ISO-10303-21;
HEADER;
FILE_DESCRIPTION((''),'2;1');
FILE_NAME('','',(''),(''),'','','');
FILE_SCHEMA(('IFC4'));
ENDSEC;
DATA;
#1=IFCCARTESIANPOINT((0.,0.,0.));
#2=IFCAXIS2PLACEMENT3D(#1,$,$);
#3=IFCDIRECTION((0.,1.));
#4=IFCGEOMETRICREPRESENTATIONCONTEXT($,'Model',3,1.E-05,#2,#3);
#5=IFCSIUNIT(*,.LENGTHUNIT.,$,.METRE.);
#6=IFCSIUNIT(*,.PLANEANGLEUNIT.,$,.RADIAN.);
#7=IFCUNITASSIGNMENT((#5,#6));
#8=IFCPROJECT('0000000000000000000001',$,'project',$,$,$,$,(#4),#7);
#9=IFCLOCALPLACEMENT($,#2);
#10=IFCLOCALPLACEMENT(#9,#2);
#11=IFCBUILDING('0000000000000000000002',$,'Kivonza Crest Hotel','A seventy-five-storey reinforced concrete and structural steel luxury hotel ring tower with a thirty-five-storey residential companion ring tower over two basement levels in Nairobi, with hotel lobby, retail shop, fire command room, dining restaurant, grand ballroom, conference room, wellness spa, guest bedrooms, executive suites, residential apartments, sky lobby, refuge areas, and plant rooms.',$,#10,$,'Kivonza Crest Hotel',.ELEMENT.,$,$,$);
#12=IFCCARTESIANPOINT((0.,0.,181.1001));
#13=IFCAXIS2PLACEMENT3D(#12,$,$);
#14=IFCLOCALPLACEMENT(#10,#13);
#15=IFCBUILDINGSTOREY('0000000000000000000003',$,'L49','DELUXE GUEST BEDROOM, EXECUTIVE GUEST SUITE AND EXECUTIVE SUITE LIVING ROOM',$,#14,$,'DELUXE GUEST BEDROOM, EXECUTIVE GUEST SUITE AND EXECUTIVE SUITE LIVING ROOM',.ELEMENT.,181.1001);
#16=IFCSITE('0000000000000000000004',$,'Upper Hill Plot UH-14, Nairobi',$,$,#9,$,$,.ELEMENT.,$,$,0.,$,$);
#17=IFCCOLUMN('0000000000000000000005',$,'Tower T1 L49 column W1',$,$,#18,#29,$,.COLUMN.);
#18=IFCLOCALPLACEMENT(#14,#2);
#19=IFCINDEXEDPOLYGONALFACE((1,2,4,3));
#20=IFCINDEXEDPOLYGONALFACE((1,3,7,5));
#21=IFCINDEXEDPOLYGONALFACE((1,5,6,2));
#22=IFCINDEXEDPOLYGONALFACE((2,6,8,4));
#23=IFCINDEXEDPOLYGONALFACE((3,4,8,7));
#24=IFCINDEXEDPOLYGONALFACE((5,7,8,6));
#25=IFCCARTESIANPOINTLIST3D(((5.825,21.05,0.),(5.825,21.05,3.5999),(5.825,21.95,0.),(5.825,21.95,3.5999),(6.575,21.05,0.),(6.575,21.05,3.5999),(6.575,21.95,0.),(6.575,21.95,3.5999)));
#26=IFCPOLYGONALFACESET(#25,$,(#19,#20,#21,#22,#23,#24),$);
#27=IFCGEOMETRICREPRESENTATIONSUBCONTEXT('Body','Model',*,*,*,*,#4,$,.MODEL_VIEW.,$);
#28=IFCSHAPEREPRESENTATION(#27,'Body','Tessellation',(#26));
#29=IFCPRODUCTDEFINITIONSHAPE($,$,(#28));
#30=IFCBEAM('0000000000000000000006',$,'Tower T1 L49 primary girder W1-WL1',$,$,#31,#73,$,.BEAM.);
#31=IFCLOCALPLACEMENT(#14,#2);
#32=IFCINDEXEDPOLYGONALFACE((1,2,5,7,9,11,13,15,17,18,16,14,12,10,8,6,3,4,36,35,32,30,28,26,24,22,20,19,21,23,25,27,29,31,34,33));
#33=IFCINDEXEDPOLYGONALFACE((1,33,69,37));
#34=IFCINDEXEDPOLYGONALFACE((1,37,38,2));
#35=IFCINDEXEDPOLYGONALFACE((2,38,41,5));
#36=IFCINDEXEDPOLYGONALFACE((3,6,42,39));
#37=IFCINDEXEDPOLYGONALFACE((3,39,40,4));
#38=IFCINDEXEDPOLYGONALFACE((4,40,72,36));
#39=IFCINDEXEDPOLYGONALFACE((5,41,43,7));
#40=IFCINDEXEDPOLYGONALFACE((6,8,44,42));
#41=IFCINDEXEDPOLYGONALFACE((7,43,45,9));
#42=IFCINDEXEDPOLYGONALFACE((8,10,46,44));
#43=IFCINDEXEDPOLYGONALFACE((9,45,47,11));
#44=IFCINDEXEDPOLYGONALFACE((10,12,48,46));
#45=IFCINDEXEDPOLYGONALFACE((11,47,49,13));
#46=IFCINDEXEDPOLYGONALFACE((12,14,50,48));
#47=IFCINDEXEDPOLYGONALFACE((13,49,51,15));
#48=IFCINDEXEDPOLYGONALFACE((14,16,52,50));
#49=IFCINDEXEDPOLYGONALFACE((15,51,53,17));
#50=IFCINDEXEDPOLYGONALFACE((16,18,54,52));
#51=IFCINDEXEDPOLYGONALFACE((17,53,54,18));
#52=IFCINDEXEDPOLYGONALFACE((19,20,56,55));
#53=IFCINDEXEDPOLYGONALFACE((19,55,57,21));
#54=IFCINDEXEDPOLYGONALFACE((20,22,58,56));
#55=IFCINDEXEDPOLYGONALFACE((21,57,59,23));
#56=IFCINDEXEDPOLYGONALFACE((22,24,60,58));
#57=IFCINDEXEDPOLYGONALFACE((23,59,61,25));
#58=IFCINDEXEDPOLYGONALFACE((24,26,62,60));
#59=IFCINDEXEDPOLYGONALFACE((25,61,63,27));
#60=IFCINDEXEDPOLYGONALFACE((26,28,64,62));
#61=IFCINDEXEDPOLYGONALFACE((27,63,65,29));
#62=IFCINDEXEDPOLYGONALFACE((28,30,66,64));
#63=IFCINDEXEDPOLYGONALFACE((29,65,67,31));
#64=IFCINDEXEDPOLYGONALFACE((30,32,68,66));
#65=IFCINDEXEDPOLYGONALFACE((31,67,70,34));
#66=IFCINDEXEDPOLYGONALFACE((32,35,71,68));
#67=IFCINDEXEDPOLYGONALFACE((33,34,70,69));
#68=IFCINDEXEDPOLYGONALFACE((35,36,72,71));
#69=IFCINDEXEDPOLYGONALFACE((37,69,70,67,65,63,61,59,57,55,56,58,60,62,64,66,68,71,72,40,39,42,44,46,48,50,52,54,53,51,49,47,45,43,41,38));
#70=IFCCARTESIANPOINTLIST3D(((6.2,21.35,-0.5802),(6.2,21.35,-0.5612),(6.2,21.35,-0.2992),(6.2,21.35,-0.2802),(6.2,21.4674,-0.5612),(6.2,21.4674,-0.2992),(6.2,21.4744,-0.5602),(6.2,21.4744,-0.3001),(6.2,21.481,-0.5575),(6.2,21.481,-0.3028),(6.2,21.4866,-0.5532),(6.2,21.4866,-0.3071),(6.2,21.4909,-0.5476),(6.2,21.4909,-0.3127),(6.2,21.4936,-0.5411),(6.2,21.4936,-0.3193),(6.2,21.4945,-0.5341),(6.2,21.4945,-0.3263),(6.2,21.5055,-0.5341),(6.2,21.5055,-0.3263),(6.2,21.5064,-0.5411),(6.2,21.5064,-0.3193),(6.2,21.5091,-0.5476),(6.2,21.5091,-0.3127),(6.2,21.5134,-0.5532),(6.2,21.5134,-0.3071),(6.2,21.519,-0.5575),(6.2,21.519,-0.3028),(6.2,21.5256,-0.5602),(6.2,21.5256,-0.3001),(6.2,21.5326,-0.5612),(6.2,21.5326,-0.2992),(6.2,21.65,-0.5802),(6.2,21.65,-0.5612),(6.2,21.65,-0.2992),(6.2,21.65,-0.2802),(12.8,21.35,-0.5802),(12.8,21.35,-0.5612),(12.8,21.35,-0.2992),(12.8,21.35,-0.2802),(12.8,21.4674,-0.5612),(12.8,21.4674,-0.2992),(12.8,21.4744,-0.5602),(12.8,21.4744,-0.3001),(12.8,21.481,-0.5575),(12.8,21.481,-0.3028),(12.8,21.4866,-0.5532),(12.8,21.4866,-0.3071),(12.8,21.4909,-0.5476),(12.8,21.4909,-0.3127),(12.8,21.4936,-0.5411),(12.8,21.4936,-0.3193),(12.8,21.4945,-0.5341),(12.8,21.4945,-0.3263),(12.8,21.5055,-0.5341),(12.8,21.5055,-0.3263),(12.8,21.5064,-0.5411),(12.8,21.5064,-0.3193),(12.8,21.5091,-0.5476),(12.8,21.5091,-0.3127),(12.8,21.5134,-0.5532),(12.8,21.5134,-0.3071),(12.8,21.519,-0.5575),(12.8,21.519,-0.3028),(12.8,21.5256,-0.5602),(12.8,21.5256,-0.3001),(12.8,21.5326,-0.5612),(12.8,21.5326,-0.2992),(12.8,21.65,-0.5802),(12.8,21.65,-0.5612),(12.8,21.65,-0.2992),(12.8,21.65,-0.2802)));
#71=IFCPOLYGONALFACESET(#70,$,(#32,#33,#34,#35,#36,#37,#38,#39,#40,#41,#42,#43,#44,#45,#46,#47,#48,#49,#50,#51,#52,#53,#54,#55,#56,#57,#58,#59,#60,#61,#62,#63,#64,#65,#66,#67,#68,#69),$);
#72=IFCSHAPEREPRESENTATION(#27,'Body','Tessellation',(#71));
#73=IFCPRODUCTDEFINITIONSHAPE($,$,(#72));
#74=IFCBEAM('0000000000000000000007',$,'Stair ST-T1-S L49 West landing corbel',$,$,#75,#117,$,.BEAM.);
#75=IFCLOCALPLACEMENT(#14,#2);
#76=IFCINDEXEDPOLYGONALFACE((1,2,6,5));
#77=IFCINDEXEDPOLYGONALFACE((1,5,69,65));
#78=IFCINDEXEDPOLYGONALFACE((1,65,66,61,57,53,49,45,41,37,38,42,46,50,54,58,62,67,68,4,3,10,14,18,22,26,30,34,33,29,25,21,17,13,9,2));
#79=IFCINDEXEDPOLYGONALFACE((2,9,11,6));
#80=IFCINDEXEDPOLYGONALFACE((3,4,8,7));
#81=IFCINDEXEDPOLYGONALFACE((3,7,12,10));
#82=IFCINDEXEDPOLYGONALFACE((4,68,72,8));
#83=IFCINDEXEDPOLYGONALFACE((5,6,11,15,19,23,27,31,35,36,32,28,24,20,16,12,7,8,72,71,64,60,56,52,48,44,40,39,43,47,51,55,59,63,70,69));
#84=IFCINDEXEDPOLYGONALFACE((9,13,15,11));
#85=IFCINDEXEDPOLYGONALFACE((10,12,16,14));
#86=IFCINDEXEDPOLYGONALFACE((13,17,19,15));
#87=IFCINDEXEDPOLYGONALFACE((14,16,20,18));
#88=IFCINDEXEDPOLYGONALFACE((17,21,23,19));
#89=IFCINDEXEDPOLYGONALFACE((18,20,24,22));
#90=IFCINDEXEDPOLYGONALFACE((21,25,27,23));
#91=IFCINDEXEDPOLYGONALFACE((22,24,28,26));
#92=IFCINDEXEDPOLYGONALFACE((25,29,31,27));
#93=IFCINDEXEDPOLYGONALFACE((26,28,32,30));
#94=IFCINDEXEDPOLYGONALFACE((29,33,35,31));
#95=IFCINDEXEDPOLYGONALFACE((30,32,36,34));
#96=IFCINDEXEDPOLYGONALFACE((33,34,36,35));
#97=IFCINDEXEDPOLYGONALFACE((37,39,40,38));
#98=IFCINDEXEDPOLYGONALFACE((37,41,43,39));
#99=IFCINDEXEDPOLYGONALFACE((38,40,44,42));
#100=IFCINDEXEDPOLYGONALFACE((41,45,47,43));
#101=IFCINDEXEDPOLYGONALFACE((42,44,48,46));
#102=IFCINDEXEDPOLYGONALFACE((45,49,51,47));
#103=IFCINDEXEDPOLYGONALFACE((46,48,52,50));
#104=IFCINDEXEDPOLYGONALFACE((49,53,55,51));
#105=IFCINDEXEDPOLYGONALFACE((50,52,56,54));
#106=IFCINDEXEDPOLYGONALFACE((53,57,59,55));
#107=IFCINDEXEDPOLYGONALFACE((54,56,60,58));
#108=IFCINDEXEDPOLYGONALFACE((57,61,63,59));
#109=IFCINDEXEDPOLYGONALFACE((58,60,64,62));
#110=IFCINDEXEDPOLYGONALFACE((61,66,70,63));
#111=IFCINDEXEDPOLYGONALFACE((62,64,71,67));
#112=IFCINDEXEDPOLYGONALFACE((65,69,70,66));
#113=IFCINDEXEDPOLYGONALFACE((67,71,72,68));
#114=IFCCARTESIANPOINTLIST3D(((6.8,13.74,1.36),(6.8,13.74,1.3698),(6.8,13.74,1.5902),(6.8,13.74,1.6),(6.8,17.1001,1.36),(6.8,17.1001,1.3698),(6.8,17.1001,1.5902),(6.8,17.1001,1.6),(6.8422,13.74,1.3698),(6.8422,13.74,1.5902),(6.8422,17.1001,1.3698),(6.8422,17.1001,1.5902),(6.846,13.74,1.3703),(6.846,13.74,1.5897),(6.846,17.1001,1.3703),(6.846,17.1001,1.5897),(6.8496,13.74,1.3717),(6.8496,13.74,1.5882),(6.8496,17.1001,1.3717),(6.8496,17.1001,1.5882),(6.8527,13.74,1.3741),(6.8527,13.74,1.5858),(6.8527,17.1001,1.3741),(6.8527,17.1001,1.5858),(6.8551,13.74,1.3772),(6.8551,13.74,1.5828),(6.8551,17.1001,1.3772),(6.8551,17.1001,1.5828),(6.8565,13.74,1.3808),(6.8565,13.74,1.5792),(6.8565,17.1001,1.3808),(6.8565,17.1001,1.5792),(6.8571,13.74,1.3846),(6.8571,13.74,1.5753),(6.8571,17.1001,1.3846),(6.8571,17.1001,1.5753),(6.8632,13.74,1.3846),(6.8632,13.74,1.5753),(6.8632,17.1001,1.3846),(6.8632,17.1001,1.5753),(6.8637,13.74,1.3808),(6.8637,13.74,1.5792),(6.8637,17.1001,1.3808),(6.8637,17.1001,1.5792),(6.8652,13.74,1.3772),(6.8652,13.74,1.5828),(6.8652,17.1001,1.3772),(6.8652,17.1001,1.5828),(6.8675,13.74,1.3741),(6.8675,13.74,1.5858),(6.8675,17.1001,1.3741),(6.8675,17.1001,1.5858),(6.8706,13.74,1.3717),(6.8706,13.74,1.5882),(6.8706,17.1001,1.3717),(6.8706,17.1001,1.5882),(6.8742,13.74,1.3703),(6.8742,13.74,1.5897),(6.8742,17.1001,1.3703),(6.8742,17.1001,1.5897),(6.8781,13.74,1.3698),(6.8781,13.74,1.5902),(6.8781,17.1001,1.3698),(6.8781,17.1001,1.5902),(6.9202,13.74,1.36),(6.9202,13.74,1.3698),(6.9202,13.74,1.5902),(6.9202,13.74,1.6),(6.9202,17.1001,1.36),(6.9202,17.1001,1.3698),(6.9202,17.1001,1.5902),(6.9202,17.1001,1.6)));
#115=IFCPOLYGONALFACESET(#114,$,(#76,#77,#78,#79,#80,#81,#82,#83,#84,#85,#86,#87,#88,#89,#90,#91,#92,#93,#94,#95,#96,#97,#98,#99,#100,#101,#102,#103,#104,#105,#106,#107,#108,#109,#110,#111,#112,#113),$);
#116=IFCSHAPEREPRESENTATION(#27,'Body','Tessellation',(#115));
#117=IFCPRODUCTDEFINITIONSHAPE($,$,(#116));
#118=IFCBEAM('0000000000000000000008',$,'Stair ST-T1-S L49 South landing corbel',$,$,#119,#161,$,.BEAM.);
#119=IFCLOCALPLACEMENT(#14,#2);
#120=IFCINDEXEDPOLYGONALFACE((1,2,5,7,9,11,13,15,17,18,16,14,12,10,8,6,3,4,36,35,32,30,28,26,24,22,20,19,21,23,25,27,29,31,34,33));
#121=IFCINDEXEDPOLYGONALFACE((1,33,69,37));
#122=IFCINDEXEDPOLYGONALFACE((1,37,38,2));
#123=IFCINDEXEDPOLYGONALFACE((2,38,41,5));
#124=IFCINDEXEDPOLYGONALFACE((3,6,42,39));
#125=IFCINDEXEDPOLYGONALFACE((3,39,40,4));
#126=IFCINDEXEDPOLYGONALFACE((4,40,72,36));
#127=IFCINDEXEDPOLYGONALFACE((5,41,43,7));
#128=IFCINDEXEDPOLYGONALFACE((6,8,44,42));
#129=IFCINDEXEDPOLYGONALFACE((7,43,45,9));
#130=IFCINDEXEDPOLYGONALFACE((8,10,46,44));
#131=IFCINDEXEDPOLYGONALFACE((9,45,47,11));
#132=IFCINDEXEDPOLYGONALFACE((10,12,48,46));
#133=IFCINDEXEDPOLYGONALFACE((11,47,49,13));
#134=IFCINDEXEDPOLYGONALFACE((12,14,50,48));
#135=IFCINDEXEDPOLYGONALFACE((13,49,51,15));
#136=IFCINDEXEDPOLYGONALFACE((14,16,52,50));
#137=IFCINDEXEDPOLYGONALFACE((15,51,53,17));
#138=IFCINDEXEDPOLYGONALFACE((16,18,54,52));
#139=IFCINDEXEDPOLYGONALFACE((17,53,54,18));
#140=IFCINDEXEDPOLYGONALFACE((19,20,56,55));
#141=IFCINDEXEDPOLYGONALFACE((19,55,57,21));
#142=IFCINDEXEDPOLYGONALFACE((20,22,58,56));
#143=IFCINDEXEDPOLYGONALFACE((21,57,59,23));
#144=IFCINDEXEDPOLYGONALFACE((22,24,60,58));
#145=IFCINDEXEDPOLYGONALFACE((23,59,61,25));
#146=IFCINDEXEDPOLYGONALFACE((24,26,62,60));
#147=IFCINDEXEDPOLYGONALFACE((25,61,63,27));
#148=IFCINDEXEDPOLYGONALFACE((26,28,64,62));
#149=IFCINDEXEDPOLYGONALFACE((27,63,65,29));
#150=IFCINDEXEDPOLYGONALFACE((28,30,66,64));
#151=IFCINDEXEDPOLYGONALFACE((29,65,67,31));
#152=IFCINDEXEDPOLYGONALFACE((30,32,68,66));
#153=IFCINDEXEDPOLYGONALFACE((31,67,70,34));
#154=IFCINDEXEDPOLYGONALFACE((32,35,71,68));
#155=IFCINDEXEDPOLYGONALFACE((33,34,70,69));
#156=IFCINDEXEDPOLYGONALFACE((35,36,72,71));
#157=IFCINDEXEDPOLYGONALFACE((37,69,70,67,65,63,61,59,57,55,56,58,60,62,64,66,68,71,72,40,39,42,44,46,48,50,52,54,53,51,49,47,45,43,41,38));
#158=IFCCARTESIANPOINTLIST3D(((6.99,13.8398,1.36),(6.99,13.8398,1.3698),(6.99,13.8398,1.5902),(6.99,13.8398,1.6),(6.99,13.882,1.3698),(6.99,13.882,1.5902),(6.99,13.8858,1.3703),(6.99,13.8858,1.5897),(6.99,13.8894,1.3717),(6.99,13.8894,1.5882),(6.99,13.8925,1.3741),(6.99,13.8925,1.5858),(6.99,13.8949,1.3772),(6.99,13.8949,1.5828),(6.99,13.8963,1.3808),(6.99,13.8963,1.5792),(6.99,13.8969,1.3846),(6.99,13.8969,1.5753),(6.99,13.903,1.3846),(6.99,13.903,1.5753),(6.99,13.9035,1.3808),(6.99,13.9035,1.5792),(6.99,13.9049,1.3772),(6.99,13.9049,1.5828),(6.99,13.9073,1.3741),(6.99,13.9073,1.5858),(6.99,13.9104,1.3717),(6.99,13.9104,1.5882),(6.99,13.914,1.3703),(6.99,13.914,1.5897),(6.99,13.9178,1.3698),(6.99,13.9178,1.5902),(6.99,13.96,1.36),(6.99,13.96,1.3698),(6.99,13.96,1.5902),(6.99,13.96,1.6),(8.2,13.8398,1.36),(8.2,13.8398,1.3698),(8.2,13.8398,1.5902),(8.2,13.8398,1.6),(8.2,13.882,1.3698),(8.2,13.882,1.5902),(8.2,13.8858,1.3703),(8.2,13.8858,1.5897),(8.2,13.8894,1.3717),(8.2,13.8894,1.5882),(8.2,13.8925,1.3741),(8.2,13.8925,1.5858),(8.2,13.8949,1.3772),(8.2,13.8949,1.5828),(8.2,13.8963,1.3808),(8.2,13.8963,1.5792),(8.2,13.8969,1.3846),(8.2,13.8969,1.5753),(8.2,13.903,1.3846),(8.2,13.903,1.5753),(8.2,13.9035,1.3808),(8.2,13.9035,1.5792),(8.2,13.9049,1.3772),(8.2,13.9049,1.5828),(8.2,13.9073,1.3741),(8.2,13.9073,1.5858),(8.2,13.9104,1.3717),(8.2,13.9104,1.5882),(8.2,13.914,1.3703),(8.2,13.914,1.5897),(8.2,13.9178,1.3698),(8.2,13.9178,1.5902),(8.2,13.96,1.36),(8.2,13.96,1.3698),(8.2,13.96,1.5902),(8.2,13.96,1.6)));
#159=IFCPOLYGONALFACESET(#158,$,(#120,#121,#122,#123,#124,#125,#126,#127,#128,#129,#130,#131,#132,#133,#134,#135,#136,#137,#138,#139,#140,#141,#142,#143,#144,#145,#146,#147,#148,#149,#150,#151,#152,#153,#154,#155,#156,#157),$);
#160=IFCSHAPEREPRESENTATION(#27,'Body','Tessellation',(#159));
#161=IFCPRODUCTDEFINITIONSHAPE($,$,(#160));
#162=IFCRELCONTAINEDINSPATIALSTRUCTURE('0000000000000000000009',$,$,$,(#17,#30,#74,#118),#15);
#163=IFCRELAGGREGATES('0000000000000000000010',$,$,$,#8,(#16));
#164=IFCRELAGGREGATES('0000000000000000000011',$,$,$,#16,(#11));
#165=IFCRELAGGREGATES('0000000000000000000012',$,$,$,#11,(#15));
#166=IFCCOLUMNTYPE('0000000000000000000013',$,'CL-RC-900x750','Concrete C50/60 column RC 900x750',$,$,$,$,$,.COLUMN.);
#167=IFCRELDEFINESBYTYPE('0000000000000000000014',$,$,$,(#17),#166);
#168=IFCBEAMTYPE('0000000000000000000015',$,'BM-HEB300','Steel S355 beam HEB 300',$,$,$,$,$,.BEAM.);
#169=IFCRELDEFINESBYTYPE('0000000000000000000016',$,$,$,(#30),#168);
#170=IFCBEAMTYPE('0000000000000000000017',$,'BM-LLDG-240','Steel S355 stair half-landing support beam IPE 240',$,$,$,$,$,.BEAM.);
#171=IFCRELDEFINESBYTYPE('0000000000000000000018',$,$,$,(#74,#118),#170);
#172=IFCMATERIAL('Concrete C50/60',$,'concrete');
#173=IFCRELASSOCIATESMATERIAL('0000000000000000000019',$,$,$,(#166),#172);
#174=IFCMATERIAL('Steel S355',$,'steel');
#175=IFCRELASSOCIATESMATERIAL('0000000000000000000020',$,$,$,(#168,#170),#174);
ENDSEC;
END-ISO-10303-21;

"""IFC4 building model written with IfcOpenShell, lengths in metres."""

from ifc_helpers import new_model, si_unit, direction, frame, origin, origin_2d, place, context, subcontext, project, spatial, rectangle, i_section, extrude, material, material_profile, profile_set, type_object, element, save


model = new_model("IFC4")

# Units and contexts
model_context = context("Model", 3, precision=1e-05, world=origin(), true_north=direction((0.0, 1.0)))
body_context = subcontext(model_context, "Body", "Model", "MODEL_VIEW")
ifc_project = project(units=[si_unit("LENGTHUNIT", "METRE"), si_unit("PLANEANGLEUNIT", "RADIAN")], contexts=[model_context])

# Site, building, storey
site_placement = place(None, origin())
site = spatial("IfcSite", under=ifc_project, at=site_placement, Name="Upper Hill Plot UH-14, Nairobi", CompositionType="ELEMENT", RefElevation=0.0)
building_placement = place(site_placement, origin())
building = spatial("IfcBuilding", under=site, at=building_placement, Name="Kivonza Crest Hotel", Description="A seventy-five-storey reinforced concrete and structural steel luxury hotel ring tower with a thirty-five-storey residential companion ring tower over two basement levels in Nairobi, with hotel lobby, retail shop, fire command room, dining restaurant, grand ballroom, conference room, wellness spa, guest bedrooms, executive suites, residential apartments, sky lobby, refuge areas, and plant rooms.", LongName="Kivonza Crest Hotel", CompositionType="ELEMENT")
storey_placement = place(building_placement, frame((0.0, 0.0, 181.1001)))
storey = spatial("IfcBuildingStorey", under=building, at=storey_placement, Name="L49", Description="DELUXE GUEST BEDROOM, EXECUTIVE GUEST SUITE AND EXECUTIVE SUITE LIVING ROOM", LongName="DELUXE GUEST BEDROOM, EXECUTIVE GUEST SUITE AND EXECUTIVE SUITE LIVING ROOM", CompositionType="ELEMENT", Elevation=181.1001)

# Column
ifc_material_1 = material(Name="Concrete C50/60", Category="concrete")
ifc_material_profile_1 = material_profile(ifc_material_1, rectangle(XDim=0.75, YDim=0.8999, at=origin_2d()), Name="RC 900x750")
ifc_profile_set_1 = profile_set([ifc_material_profile_1], Name="Concrete C50/60")
column_type = type_object("IfcColumnType", Name="CL-RC-900x750", Description="Concrete C50/60 column RC 900x750", PredefinedType="COLUMN", material=ifc_profile_set_1)
column_placement = place(storey_placement, frame((6.2, 21.5, 0.0), z_axis=(0.0, 0.0, 1.0), x_axis=(1.0, 0.0, 0.0)))
element("IfcColumn", 1, at=column_placement, inside=storey, type_object=column_type, Name="Tower T1 L49 column W1", PredefinedType="COLUMN", context=body_context, shape_type="SweptSolid", body=[
    extrude(rectangle(XDim=0.75, YDim=0.8999, at=origin_2d()), origin(), (0.0, 0.0, 1.0), 3.5999),
])

# Beams
ifc_material_2 = material(Name="Steel S355", Category="steel")
ifc_material_profile_2 = material_profile(ifc_material_2, i_section(OverallWidth=0.3, OverallDepth=0.3, WebThickness=0.011, FlangeThickness=0.019, FilletRadius=0.0271, at=origin_2d()), Name="HEB 300")
ifc_profile_set_2 = profile_set([ifc_material_profile_2], Name="Steel S355")
beam_type_1 = type_object("IfcBeamType", Name="BM-HEB300", Description="Steel S355 beam HEB 300", PredefinedType="BEAM", material=ifc_profile_set_2)
beam_1_placement = place(storey_placement, frame((6.2, 21.5, -0.4302), z_axis=(1.0, 0.0, 0.0), x_axis=(0.0, 1.0, 0.0)))
element("IfcBeam", 2, at=beam_1_placement, inside=storey, type_object=beam_type_1, Name="Tower T1 L49 primary girder W1-WL1", PredefinedType="BEAM", context=body_context, shape_type="SweptSolid", body=[
    extrude(i_section(OverallWidth=0.3, OverallDepth=0.3, WebThickness=0.011, FlangeThickness=0.019, FilletRadius=0.0271, at=origin_2d()), origin(), (0.0, 0.0, 1.0), 6.6001),
])
ifc_material_profile_3 = material_profile(ifc_material_2, i_section(OverallWidth=0.1201, OverallDepth=0.24, WebThickness=0.0061, FlangeThickness=0.0098, FilletRadius=0.0149, at=origin_2d()), Name="IPE 240")
ifc_profile_set_3 = profile_set([ifc_material_profile_3], Name="Steel S355")
beam_type_2 = type_object("IfcBeamType", Name="BM-LLDG-240", Description="Steel S355 stair half-landing support beam IPE 240", PredefinedType="BEAM", material=ifc_profile_set_3)
beam_2_placement = place(storey_placement, frame((6.8601, 13.74, 1.48), z_axis=(0.0, 1.0, 0.0), x_axis=(-1.0, 0.0, 0.0)))
element("IfcBeam", 3, at=beam_2_placement, inside=storey, type_object=beam_type_2, Name="Stair ST-T1-S L49 West landing corbel", PredefinedType="BEAM", context=body_context, shape_type="SweptSolid", body=[
    extrude(i_section(OverallWidth=0.1201, OverallDepth=0.24, WebThickness=0.0061, FlangeThickness=0.0098, FilletRadius=0.0149, at=origin_2d()), origin(), (0.0, 0.0, 1.0), 3.3601),
])
for number, where, z_axis, x_axis, name in (
    (4, (6.99, 13.8999, 1.48), (1.0, 0.0, 0.0), (0.0, 1.0, 0.0), "Stair ST-T1-S L49 South landing corbel"),
):
    element("IfcBeam", number, at=place(storey_placement, frame(where, z_axis=z_axis, x_axis=x_axis)), inside=storey, type_object=beam_type_2, Name=name, PredefinedType="BEAM", context=body_context, shape_type="SweptSolid", body=[
        extrude(i_section(OverallWidth=0.1201, OverallDepth=0.24, WebThickness=0.0061, FlangeThickness=0.0098, FilletRadius=0.0149, at=origin_2d()), origin(), (0.0, 0.0, 1.0), 1.21),
    ])

save(model, "model.ifc")
